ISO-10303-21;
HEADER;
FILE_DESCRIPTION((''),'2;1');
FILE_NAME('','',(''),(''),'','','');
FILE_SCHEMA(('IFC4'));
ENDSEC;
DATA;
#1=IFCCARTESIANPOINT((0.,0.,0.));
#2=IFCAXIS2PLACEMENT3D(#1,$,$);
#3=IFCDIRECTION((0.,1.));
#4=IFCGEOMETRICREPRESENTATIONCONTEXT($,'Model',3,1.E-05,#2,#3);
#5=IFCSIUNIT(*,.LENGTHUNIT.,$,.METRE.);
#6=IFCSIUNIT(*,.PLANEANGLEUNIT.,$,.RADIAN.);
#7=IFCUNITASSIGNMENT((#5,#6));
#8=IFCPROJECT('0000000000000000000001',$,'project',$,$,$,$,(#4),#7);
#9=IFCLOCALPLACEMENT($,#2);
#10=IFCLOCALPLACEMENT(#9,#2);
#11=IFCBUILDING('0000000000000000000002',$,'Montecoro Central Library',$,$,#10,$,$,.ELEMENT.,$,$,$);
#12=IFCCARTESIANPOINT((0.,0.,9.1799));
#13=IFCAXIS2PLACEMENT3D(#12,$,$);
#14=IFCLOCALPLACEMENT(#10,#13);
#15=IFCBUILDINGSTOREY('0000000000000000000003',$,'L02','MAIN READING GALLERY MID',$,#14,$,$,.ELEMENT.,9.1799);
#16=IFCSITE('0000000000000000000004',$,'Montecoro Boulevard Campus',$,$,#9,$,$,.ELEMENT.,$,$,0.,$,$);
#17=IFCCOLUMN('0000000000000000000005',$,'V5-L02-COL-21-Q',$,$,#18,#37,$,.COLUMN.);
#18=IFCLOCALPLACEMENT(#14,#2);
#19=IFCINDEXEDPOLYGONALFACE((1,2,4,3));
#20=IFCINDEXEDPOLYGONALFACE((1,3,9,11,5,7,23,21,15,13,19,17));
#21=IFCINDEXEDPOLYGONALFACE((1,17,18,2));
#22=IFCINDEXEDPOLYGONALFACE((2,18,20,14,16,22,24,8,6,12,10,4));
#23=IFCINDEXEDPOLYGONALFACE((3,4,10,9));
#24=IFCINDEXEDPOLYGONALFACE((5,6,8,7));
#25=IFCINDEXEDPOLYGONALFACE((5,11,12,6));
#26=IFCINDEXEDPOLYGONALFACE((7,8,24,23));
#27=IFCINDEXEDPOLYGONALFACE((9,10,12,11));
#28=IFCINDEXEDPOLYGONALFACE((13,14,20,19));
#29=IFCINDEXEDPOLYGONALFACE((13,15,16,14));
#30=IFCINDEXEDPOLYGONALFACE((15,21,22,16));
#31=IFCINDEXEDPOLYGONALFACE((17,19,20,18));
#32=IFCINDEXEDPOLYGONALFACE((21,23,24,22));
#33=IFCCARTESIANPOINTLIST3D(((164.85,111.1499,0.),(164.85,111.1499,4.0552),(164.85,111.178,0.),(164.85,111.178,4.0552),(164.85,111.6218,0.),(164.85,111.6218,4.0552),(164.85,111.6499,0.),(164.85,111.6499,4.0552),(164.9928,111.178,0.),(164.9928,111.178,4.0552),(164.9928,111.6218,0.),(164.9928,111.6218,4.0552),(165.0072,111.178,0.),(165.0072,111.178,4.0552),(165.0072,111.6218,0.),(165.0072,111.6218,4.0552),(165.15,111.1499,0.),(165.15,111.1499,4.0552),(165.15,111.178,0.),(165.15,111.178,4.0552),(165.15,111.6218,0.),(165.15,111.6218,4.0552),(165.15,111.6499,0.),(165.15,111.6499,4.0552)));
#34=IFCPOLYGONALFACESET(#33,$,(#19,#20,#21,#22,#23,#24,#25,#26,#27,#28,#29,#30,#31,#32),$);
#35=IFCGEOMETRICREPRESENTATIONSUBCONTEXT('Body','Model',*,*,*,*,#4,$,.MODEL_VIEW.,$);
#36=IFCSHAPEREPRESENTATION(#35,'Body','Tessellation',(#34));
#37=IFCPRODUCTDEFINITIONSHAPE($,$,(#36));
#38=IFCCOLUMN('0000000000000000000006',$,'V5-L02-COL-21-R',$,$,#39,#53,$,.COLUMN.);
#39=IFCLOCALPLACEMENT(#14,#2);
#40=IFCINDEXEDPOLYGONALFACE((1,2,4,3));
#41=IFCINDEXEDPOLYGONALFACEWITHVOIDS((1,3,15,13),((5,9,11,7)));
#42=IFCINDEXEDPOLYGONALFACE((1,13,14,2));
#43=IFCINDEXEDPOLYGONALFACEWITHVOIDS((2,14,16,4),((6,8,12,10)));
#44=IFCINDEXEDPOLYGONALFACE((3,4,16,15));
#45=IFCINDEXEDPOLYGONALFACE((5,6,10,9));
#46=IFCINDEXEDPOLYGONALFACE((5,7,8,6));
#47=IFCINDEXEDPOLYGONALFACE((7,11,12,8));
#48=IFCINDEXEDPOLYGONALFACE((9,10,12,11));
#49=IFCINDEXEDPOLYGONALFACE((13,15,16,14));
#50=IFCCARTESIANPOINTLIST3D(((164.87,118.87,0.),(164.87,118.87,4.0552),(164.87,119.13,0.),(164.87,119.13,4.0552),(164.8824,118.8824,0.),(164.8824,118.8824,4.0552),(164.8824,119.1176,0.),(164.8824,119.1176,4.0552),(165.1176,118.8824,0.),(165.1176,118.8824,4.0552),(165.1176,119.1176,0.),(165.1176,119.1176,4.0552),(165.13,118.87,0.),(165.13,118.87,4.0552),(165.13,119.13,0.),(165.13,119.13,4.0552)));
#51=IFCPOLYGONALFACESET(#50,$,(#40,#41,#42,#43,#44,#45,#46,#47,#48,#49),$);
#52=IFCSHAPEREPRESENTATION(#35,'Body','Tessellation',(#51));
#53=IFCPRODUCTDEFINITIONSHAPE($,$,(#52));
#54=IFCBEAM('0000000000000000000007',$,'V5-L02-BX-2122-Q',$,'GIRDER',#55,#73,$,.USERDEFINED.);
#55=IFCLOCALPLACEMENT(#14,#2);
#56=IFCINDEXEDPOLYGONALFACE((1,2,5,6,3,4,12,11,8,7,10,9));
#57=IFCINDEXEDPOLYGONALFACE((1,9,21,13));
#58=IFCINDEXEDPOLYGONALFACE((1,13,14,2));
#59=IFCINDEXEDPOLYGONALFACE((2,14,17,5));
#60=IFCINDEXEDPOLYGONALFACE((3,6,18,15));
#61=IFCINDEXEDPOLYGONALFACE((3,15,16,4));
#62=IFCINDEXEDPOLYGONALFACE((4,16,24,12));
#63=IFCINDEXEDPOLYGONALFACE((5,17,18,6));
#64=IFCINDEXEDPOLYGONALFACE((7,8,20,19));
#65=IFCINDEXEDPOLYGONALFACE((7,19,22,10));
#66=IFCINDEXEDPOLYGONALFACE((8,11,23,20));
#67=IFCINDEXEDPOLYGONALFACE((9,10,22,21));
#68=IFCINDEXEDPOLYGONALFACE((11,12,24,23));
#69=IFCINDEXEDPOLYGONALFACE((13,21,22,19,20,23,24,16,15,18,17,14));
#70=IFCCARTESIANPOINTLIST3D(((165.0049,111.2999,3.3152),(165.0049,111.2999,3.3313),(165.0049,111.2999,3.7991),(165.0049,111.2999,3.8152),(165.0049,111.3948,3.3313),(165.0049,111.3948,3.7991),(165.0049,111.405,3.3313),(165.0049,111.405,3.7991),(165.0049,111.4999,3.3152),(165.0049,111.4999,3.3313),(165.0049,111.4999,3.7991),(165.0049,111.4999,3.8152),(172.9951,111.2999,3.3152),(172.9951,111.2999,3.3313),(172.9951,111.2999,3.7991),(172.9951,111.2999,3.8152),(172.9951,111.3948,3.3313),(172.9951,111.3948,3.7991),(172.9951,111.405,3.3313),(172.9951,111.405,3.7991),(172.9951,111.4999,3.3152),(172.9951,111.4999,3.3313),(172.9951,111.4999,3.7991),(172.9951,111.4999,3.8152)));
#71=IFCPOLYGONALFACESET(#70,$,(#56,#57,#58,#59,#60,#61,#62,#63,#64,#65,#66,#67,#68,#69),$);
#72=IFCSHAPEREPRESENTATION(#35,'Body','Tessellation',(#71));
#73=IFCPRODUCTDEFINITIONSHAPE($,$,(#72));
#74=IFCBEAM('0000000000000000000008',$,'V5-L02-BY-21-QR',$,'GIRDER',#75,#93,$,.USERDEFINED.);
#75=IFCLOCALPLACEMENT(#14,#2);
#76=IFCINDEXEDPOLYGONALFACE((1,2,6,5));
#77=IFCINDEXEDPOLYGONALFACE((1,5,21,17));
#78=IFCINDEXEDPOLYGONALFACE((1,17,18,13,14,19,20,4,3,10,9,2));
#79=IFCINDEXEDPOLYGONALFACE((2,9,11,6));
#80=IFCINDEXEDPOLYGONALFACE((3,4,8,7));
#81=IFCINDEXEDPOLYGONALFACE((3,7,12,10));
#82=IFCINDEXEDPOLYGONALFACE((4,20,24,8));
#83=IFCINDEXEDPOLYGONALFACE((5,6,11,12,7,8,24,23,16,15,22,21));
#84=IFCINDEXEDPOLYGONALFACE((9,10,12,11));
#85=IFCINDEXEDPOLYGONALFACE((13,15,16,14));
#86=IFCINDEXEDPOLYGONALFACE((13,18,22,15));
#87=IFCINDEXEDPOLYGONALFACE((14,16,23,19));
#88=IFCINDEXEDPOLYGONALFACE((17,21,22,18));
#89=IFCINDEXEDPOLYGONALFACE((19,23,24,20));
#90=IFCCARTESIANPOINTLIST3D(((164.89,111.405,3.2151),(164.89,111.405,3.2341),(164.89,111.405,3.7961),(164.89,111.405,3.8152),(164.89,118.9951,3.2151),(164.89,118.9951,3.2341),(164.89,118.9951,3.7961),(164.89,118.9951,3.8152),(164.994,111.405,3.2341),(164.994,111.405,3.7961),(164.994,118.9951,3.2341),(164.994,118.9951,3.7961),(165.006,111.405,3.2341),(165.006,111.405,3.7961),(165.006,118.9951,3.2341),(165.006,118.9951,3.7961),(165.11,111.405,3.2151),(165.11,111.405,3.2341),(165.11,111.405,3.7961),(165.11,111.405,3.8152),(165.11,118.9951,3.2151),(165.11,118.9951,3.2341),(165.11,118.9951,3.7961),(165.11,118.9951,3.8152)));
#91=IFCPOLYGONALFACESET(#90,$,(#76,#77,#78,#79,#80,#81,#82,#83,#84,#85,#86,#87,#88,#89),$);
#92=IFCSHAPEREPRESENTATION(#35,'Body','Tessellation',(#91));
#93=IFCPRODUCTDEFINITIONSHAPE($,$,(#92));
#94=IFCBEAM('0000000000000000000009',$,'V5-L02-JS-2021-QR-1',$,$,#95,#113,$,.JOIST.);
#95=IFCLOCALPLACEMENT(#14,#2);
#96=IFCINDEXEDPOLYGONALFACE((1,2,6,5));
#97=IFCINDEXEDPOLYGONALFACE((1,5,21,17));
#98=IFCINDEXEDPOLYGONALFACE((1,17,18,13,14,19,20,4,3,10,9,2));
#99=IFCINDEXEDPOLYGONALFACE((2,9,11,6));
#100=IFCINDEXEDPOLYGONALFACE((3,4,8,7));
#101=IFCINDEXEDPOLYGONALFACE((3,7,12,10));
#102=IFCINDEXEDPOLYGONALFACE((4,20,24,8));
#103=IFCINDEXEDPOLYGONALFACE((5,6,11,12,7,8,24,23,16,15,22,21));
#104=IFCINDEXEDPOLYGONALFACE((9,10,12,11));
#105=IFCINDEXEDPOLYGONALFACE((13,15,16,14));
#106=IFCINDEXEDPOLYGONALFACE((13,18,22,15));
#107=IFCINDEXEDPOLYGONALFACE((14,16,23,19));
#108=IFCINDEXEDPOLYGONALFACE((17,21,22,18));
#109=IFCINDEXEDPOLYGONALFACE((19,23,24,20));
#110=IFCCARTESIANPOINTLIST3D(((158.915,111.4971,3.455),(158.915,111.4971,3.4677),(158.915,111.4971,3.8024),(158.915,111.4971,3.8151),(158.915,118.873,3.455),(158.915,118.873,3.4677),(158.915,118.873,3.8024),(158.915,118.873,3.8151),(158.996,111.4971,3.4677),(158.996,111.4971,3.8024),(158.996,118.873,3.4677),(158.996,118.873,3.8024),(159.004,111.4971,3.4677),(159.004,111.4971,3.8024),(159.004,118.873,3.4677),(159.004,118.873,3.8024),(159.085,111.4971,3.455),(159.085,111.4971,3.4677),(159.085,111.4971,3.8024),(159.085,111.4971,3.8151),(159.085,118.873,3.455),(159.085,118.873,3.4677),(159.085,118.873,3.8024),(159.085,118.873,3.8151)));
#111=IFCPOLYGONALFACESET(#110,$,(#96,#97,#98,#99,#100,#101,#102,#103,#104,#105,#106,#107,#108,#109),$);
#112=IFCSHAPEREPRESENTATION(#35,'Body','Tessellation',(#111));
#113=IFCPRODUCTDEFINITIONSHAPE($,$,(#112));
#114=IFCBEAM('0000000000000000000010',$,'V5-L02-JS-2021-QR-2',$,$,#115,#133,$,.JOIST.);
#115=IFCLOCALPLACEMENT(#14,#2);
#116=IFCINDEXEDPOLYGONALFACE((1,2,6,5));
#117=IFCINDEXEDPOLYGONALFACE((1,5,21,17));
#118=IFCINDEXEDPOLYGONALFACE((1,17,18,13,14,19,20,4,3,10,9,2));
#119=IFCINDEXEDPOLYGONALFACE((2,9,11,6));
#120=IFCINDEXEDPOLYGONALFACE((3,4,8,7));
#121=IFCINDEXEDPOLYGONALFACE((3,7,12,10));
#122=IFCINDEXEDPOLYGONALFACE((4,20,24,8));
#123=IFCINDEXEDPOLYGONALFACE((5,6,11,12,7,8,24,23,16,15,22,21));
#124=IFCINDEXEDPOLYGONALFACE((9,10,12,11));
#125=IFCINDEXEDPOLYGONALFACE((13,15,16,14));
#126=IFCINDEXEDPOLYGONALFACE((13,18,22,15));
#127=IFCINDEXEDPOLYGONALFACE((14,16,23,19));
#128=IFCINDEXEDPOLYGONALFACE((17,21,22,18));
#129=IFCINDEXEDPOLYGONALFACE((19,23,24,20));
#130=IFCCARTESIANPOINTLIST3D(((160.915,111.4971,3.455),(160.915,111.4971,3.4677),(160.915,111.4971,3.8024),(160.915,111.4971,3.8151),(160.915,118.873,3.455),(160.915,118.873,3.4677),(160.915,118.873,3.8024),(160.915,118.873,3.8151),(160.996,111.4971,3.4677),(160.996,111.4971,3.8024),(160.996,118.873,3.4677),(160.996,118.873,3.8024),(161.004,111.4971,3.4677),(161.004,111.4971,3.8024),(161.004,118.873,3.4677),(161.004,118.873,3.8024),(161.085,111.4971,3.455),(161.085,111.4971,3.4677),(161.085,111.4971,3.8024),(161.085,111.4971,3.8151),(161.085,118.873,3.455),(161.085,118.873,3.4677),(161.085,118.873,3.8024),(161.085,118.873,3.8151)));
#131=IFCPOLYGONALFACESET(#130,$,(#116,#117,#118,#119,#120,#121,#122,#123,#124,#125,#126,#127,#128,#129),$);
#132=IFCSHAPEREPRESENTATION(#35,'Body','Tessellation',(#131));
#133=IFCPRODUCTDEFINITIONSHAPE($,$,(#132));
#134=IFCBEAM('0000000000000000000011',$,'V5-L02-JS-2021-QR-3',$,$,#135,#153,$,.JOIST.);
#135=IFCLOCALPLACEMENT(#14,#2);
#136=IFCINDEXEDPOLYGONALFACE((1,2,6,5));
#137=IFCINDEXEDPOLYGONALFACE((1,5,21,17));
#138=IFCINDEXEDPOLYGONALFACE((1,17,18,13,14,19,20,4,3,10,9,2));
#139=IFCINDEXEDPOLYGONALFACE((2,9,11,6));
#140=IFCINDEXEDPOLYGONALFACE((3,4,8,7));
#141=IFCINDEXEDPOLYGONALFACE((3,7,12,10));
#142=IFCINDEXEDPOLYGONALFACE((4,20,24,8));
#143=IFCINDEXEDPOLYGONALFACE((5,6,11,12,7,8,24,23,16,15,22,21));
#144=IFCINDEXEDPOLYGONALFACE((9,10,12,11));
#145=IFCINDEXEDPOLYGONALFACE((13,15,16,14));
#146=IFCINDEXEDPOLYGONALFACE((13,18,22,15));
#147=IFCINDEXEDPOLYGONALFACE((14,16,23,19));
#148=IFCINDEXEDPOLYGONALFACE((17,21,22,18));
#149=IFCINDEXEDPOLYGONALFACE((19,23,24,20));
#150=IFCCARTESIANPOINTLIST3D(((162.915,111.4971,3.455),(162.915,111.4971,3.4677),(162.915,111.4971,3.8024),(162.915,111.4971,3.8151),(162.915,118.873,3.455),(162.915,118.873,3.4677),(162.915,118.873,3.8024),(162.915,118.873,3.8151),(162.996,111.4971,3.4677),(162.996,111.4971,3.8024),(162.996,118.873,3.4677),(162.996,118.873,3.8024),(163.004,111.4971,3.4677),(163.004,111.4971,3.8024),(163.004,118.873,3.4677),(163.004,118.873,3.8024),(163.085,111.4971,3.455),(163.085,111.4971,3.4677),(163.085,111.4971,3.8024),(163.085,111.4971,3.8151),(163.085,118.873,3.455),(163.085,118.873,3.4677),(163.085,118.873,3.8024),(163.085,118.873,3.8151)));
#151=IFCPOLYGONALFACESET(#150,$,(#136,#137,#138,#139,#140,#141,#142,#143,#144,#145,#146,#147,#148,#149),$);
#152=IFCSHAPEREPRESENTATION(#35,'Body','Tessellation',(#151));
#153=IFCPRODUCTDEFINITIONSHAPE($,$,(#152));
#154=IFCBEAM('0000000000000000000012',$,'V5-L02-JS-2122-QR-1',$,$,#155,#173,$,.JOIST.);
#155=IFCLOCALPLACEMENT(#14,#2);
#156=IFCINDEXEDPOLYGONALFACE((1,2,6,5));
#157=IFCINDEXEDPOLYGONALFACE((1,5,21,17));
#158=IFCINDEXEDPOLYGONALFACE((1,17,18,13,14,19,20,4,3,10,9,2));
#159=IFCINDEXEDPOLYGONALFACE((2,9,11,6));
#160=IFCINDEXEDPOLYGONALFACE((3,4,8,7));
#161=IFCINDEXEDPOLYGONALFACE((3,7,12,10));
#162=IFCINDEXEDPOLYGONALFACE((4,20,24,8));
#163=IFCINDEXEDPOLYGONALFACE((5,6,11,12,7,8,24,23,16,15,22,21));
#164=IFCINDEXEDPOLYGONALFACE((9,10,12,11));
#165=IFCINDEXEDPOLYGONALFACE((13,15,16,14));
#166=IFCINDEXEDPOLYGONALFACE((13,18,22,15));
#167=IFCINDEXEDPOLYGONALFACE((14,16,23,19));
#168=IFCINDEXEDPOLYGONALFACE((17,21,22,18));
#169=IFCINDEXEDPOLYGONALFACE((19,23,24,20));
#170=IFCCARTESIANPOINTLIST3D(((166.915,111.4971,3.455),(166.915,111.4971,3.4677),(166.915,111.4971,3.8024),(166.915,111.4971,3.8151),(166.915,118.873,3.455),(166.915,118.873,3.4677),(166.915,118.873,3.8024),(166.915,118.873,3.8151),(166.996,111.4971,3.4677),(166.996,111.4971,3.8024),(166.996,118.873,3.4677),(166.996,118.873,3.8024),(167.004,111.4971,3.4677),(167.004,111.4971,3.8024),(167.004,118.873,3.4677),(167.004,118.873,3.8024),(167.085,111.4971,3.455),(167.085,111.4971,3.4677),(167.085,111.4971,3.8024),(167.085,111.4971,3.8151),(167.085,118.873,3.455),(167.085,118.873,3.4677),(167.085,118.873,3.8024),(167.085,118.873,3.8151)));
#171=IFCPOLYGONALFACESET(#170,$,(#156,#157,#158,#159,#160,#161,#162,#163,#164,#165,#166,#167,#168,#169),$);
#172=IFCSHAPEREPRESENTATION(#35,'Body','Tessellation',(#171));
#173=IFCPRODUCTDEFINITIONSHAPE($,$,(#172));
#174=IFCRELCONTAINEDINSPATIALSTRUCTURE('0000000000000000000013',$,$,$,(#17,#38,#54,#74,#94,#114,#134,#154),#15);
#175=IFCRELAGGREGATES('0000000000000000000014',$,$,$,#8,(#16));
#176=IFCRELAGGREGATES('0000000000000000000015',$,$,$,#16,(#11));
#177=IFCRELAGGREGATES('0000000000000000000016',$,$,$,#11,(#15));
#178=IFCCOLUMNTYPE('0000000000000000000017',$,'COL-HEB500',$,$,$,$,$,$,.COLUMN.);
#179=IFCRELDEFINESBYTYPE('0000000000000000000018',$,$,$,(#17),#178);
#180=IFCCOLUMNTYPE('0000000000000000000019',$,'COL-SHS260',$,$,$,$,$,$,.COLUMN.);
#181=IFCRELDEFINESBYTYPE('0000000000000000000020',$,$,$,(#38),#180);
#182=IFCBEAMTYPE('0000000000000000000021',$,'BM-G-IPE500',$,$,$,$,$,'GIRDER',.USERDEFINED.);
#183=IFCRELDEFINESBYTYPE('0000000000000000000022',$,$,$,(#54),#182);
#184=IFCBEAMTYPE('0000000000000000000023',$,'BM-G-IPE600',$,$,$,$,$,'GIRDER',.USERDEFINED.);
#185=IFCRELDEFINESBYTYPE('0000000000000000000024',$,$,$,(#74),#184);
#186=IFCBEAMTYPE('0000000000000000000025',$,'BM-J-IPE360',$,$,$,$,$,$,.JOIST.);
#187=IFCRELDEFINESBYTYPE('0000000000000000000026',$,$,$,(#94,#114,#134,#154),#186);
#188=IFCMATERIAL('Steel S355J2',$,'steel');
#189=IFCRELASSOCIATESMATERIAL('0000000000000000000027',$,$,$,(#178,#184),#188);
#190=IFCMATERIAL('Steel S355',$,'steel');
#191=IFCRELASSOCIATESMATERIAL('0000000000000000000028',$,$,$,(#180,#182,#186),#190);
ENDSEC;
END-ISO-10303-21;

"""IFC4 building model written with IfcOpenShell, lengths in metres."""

from ifc_helpers import new_model, si_unit, direction, frame, origin, origin_2d, place, context, subcontext, project, spatial, hollow_rectangle, i_section, extrude, material, material_profile, profile_set, type_object, element, save


model = new_model("IFC4")

# Units and contexts
model_context = context("Model", 3, precision=1e-05, world=origin(), true_north=direction((0.0, 1.0)))
body_context = subcontext(model_context, "Body", "Model", "MODEL_VIEW")
ifc_project = project(units=[si_unit("LENGTHUNIT", "METRE"), si_unit("PLANEANGLEUNIT", "RADIAN")], contexts=[model_context])

# Site, building, storey
site_placement = place(None, origin())
site = spatial("IfcSite", under=ifc_project, at=site_placement, Name="Montecoro Boulevard Campus", CompositionType="ELEMENT", RefElevation=0.0)
building_placement = place(site_placement, origin())
building = spatial("IfcBuilding", under=site, at=building_placement, Name="Montecoro Central Library", CompositionType="ELEMENT")
storey_placement = place(building_placement, frame((0.0, 0.0, 9.1799)))
storey = spatial("IfcBuildingStorey", under=building, at=storey_placement, Name="L02", Description="MAIN READING GALLERY MID", CompositionType="ELEMENT", Elevation=9.1799)

# Columns
ifc_material_1 = material(Name="Steel S355J2", Category="steel")
ifc_material_profile_1 = material_profile(ifc_material_1, i_section(OverallWidth=0.3, OverallDepth=0.5, WebThickness=0.0144, FlangeThickness=0.0281, at=origin_2d()), Name="HEB 500")
ifc_profile_set_1 = profile_set([ifc_material_profile_1], Name="Steel S355J2")
column_type_1 = type_object("IfcColumnType", Name="COL-HEB500", PredefinedType="COLUMN", material=ifc_profile_set_1)
column_1_placement = place(storey_placement, frame((165.0, 111.3999, 0.0), z_axis=(0.0, 0.0, 1.0), x_axis=(1.0, 0.0, 0.0)))
element("IfcColumn", 1, at=column_1_placement, inside=storey, type_object=column_type_1, Name="V5-L02-COL-21-Q", PredefinedType="COLUMN", context=body_context, shape_type="SweptSolid", body=[
    extrude(i_section(OverallWidth=0.3, OverallDepth=0.5, WebThickness=0.0144, FlangeThickness=0.0281, at=origin_2d()), origin(), (0.0, 0.0, 1.0), 4.0552),
])
ifc_material_2 = material(Name="Steel S355", Category="steel")
ifc_material_profile_2 = material_profile(ifc_material_2, hollow_rectangle(XDim=0.26, YDim=0.26, WallThickness=0.0125, at=origin_2d()), Name="SHS 260x260x12.5")
ifc_profile_set_2 = profile_set([ifc_material_profile_2], Name="Steel S355")
column_type_2 = type_object("IfcColumnType", Name="COL-SHS260", PredefinedType="COLUMN", material=ifc_profile_set_2)
column_2_placement = place(storey_placement, frame((165.0, 119.0, 0.0), z_axis=(0.0, 0.0, 1.0), x_axis=(1.0, 0.0, 0.0)))
element("IfcColumn", 2, at=column_2_placement, inside=storey, type_object=column_type_2, Name="V5-L02-COL-21-R", PredefinedType="COLUMN", context=body_context, shape_type="SweptSolid", body=[
    extrude(hollow_rectangle(XDim=0.26, YDim=0.26, WallThickness=0.0125, at=origin_2d()), origin(), (0.0, 0.0, 1.0), 4.0552),
])

# Beams
ifc_material_profile_3 = material_profile(ifc_material_2, i_section(OverallWidth=0.2, OverallDepth=0.5, WebThickness=0.0103, FlangeThickness=0.0161, at=origin_2d()), Name="IPE 500")
ifc_profile_set_3 = profile_set([ifc_material_profile_3], Name="Steel S355")
beam_type_1 = type_object("IfcBeamType", Name="BM-G-IPE500", ElementType="GIRDER", PredefinedType="USERDEFINED", material=ifc_profile_set_3)
beam_1_placement = place(storey_placement, frame((165.0049, 111.3999, 3.5652), z_axis=(1.0, 0.0, 0.0), x_axis=(0.0, 1.0, 0.0)))
element("IfcBeam", 3, at=beam_1_placement, inside=storey, type_object=beam_type_1, Name="V5-L02-BX-2122-Q", ObjectType="GIRDER", PredefinedType="USERDEFINED", context=body_context, shape_type="SweptSolid", body=[
    extrude(i_section(OverallWidth=0.2, OverallDepth=0.5, WebThickness=0.0103, FlangeThickness=0.0161, at=origin_2d()), origin(), (0.0, 0.0, 1.0), 7.9902),
])
ifc_material_profile_4 = material_profile(ifc_material_1, i_section(OverallWidth=0.22, OverallDepth=0.6001, WebThickness=0.012, FlangeThickness=0.019, at=origin_2d()), Name="IPE 600")
ifc_profile_set_4 = profile_set([ifc_material_profile_4], Name="Steel S355J2")
beam_type_2 = type_object("IfcBeamType", Name="BM-G-IPE600", ElementType="GIRDER", PredefinedType="USERDEFINED", material=ifc_profile_set_4)
beam_2_placement = place(storey_placement, frame((165.0, 111.405, 3.5151), z_axis=(0.0, 1.0, 0.0), x_axis=(-1.0, 0.0, 0.0)))
element("IfcBeam", 4, at=beam_2_placement, inside=storey, type_object=beam_type_2, Name="V5-L02-BY-21-QR", ObjectType="GIRDER", PredefinedType="USERDEFINED", context=body_context, shape_type="SweptSolid", body=[
    extrude(i_section(OverallWidth=0.22, OverallDepth=0.6001, WebThickness=0.012, FlangeThickness=0.019, at=origin_2d()), origin(), (0.0, 0.0, 1.0), 7.5901),
])
ifc_material_profile_5 = material_profile(ifc_material_2, i_section(OverallWidth=0.1699, OverallDepth=0.3601, WebThickness=0.0081, FlangeThickness=0.0127, at=origin_2d()), Name="IPE 360")
ifc_profile_set_5 = profile_set([ifc_material_profile_5], Name="Steel S355")
beam_type_3 = type_object("IfcBeamType", Name="BM-J-IPE360", PredefinedType="JOIST", material=ifc_profile_set_5)
for number, where, z_axis, x_axis, name in (
    (5, (159.0, 111.4971, 3.635), (0.0, 1.0, 0.0), (-1.0, 0.0, 0.0), "V5-L02-JS-2021-QR-1"),
    (6, (161.0, 111.4971, 3.635), (0.0, 1.0, 0.0), (-1.0, 0.0, 0.0), "V5-L02-JS-2021-QR-2"),
    (7, (163.0, 111.4971, 3.635), (0.0, 1.0, 0.0), (-1.0, 0.0, 0.0), "V5-L02-JS-2021-QR-3"),
    (8, (167.0, 111.4971, 3.635), (0.0, 1.0, 0.0), (-1.0, 0.0, 0.0), "V5-L02-JS-2122-QR-1"),
):
    element("IfcBeam", number, at=place(storey_placement, frame(where, z_axis=z_axis, x_axis=x_axis)), inside=storey, type_object=beam_type_3, Name=name, PredefinedType="JOIST", context=body_context, shape_type="SweptSolid", body=[
        extrude(i_section(OverallWidth=0.1699, OverallDepth=0.3601, WebThickness=0.0081, FlangeThickness=0.0127, at=origin_2d()), origin(), (0.0, 0.0, 1.0), 7.376),
    ])

save(model, "model.ifc")
